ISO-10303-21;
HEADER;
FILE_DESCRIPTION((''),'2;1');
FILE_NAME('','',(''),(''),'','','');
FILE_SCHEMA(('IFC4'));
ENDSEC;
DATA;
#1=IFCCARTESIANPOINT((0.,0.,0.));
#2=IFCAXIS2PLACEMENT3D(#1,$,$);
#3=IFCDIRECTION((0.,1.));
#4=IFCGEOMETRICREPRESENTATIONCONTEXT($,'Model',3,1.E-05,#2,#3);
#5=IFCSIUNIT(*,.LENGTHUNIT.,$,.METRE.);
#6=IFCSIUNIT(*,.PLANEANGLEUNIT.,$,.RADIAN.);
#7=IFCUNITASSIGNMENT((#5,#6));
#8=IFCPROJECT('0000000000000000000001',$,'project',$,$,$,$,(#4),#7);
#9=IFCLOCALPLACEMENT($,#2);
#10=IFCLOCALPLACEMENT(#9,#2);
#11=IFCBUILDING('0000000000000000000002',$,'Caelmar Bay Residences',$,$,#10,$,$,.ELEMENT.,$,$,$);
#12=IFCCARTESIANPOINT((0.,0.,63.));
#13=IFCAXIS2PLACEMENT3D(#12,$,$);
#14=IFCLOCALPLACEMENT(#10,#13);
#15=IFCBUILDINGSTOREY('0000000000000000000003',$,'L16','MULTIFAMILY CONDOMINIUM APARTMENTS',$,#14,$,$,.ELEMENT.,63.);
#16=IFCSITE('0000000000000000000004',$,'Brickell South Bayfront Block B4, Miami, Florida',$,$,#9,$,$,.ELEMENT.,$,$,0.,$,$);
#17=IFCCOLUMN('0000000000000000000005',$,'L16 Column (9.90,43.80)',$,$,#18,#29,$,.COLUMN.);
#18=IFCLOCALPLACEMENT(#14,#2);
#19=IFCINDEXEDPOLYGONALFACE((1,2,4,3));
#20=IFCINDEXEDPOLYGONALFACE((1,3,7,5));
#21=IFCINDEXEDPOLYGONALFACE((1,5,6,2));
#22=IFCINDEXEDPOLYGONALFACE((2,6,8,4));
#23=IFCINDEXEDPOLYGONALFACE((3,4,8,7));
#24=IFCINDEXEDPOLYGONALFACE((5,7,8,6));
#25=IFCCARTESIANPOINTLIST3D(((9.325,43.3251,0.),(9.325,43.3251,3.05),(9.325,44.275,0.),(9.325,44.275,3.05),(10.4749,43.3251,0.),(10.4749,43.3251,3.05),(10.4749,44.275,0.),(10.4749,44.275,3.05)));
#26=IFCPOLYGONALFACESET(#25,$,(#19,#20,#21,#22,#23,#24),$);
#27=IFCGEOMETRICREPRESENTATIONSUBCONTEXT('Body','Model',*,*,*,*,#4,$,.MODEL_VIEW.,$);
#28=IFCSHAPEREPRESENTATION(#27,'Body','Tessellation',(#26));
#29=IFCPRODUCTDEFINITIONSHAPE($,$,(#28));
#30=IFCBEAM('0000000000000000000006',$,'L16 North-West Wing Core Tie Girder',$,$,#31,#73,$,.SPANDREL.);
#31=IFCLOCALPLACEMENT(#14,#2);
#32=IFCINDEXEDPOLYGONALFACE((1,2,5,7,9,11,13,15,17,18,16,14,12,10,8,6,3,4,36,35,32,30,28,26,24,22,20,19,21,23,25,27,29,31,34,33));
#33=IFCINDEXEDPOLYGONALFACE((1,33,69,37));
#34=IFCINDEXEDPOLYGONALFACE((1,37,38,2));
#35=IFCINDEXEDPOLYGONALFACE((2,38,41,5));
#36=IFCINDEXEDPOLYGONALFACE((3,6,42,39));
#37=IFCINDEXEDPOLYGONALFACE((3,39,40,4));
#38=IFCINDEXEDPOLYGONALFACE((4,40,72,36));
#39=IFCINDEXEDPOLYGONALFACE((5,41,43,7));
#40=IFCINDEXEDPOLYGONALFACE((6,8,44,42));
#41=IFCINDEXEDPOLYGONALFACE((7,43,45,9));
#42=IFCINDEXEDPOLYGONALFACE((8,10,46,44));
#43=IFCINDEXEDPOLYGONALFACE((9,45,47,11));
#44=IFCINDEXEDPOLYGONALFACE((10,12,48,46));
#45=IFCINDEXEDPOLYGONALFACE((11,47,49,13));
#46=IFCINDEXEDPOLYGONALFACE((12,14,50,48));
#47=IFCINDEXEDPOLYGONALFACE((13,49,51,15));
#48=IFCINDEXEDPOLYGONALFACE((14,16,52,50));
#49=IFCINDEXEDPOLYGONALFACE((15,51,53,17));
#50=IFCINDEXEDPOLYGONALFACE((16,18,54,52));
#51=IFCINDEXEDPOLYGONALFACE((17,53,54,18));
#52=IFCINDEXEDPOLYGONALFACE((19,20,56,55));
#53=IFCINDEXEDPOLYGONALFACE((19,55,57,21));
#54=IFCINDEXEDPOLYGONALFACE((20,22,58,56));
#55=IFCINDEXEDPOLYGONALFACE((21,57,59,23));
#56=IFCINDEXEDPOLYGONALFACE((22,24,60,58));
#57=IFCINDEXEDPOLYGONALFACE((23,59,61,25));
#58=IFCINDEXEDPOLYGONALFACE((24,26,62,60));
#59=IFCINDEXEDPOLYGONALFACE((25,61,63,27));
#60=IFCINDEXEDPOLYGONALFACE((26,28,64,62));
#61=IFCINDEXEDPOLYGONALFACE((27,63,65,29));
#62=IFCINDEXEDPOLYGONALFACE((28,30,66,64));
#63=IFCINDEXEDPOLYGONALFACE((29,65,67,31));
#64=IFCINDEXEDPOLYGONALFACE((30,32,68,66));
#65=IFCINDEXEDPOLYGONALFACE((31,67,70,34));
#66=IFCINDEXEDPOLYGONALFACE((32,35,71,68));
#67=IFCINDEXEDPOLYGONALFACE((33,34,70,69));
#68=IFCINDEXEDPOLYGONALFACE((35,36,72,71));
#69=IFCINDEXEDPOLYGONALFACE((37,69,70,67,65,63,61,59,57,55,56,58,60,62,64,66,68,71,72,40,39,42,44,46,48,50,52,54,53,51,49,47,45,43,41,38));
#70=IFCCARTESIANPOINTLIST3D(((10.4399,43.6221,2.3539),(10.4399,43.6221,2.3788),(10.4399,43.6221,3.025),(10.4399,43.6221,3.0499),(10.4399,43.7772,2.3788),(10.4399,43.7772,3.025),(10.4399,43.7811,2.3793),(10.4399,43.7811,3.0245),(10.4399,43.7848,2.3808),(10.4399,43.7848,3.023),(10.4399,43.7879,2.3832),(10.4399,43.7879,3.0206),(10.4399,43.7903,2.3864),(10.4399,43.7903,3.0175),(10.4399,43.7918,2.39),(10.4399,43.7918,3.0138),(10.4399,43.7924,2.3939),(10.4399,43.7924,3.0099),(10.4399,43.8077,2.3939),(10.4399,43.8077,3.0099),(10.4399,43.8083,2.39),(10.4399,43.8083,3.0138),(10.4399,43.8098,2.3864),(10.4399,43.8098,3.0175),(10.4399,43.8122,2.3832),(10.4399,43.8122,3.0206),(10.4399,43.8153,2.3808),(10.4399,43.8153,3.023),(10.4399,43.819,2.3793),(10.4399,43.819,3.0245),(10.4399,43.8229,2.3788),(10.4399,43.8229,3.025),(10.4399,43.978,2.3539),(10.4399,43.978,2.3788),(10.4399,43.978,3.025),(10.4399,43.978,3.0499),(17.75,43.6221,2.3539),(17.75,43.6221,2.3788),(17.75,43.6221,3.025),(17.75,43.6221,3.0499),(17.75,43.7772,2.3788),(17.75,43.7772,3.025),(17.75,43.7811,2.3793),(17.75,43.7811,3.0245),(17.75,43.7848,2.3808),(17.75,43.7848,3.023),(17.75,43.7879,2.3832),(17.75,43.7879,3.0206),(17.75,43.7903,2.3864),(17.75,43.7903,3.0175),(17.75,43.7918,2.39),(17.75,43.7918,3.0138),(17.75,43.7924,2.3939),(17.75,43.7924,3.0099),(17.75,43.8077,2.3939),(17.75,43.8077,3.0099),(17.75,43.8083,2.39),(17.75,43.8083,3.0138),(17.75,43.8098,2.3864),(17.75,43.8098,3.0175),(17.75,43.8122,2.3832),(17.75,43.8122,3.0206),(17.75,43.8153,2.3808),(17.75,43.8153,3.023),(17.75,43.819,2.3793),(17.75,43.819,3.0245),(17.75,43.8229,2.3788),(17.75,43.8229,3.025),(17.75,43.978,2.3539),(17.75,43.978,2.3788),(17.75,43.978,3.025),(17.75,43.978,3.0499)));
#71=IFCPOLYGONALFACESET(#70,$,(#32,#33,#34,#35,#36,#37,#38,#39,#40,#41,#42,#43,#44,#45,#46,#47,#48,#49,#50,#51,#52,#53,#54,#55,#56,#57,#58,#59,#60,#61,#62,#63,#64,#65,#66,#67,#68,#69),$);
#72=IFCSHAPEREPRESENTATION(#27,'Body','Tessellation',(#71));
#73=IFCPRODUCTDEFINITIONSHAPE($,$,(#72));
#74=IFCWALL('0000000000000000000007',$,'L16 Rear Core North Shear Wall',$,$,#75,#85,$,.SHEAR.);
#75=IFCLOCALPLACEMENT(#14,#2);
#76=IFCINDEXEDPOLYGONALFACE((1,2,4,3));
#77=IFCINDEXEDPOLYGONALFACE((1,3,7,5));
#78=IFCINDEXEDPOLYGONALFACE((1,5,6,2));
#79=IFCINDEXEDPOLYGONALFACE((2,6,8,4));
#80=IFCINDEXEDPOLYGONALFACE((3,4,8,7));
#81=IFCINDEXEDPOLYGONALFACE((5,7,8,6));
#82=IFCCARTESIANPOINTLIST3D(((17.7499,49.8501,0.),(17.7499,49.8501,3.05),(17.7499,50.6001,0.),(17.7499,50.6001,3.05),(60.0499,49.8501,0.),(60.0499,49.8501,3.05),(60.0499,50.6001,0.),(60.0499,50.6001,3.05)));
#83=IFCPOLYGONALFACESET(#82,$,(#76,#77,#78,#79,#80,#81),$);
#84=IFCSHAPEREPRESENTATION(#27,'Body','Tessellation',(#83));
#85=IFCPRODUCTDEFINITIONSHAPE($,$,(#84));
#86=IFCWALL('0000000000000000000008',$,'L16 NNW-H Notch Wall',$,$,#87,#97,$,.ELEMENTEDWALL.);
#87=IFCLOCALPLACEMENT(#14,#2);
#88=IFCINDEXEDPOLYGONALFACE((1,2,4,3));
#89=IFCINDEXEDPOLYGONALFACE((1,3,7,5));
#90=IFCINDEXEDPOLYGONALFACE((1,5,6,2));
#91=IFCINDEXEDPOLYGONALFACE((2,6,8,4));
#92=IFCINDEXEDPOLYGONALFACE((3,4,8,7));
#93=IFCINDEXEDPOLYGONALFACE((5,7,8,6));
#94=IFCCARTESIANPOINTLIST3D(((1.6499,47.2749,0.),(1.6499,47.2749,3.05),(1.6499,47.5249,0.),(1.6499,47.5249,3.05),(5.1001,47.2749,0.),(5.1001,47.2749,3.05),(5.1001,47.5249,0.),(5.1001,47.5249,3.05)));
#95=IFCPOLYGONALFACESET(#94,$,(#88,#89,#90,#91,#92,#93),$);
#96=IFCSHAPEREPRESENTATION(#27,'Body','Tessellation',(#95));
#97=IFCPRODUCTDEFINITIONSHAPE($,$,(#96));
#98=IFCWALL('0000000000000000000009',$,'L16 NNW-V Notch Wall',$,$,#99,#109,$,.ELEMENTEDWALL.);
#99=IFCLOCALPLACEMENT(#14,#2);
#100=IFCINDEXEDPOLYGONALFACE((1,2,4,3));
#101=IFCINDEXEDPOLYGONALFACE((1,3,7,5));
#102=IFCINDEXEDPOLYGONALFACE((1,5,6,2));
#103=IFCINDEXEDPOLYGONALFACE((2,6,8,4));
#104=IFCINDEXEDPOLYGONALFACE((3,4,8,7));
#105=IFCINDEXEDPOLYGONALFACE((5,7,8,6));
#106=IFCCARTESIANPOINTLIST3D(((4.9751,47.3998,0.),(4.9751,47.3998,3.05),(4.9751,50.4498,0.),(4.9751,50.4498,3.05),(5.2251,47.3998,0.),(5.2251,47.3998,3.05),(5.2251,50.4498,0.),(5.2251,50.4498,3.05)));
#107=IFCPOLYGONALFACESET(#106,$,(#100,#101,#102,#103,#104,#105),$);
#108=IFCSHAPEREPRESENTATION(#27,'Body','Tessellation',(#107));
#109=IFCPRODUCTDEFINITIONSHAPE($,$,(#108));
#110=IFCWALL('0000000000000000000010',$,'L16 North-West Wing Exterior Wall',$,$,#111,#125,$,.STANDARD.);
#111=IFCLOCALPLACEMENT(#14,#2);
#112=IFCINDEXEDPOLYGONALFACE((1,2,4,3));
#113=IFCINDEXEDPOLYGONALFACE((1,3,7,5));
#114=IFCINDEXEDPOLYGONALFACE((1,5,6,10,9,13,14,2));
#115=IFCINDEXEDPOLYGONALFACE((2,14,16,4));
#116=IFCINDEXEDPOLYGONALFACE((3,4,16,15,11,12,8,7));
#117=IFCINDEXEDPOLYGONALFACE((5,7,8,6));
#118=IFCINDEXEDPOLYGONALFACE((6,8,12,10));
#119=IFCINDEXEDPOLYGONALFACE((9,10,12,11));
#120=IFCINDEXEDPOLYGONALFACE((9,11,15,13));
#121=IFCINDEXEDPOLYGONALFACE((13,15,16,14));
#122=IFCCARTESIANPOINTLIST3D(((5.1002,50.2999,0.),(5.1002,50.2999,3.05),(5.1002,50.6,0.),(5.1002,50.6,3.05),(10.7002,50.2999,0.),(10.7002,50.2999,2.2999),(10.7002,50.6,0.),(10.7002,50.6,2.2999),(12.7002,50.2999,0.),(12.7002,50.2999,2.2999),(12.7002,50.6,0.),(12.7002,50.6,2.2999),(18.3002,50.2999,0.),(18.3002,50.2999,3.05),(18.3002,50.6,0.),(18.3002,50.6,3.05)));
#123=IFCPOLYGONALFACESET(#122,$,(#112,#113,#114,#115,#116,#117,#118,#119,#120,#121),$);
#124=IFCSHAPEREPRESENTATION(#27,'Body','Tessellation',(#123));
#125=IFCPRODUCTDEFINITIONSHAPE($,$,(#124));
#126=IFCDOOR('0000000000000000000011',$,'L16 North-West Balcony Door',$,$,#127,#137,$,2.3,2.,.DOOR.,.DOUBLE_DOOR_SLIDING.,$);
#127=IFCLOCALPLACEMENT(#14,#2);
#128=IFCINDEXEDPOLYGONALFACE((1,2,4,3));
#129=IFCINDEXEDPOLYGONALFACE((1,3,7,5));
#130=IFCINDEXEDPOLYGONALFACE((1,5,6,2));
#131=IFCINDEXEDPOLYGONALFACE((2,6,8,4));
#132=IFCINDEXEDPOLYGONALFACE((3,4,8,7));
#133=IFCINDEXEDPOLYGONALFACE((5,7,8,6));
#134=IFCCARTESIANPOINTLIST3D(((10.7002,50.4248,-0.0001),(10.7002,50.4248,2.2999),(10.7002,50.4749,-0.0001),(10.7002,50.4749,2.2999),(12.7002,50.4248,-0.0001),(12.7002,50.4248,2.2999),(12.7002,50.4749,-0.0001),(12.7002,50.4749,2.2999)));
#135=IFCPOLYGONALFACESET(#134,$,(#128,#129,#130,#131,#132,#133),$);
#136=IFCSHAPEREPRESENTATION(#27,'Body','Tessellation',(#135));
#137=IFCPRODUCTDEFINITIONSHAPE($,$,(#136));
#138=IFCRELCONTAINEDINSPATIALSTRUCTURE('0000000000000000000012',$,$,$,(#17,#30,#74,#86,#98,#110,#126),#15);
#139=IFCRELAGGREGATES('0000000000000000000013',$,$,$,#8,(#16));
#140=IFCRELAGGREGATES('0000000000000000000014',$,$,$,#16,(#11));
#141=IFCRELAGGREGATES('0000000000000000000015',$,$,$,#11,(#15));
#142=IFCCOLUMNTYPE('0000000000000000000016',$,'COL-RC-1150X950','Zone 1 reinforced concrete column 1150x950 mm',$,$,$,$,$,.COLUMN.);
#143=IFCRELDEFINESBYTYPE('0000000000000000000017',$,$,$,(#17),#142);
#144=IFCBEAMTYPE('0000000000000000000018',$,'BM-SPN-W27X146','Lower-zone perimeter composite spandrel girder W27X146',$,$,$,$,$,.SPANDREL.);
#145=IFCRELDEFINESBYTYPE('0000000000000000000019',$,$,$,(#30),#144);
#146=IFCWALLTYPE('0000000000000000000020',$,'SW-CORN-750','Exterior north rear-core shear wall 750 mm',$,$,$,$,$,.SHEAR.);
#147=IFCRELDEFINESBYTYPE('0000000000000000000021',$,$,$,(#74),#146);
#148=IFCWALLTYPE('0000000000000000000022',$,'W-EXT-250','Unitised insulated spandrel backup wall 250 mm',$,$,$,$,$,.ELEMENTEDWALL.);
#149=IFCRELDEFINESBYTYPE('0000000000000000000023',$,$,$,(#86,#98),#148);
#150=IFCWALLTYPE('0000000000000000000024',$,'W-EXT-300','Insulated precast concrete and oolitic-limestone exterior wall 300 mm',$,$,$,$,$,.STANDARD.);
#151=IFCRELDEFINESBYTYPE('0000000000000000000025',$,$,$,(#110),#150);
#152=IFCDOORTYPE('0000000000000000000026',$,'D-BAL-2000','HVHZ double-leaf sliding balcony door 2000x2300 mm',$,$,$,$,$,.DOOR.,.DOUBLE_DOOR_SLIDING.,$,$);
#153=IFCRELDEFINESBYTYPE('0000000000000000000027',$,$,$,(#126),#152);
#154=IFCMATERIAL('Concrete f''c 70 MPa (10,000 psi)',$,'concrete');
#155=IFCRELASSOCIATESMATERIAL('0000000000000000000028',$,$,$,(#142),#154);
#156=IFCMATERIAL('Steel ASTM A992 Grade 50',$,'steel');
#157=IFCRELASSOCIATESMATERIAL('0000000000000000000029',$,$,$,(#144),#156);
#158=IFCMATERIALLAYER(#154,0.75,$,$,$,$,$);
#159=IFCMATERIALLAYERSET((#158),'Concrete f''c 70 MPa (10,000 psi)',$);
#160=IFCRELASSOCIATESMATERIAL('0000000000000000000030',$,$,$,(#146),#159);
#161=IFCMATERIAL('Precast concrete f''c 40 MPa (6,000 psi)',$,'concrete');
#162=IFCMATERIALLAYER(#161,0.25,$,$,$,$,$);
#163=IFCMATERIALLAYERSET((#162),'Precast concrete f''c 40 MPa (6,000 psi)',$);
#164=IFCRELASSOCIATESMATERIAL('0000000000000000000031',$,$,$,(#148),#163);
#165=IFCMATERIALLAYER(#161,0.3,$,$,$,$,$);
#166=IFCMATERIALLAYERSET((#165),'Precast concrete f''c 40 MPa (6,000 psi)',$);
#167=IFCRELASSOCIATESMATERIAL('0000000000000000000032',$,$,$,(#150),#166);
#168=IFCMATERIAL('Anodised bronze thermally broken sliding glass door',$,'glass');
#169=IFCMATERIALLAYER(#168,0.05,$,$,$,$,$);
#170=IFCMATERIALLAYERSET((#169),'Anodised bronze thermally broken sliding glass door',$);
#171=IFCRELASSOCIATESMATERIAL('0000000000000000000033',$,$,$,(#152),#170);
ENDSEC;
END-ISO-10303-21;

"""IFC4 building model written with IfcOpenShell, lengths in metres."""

from ifc_helpers import new_model, si_unit, direction, frame, frame_2d, origin, origin_2d, place, context, subcontext, project, spatial, rectangle, i_section, extrude, material, layer, layer_set, material_profile, profile_set, type_object, element, fill, save


model = new_model("IFC4")

# Units and contexts
model_context = context("Model", 3, precision=1e-05, world=origin(), true_north=direction((0.0, 1.0)))
body_context = subcontext(model_context, "Body", "Model", "MODEL_VIEW")
ifc_project = project(units=[si_unit("LENGTHUNIT", "METRE"), si_unit("PLANEANGLEUNIT", "RADIAN")], contexts=[model_context])

# Site, building, storey
site_placement = place(None, origin())
site = spatial("IfcSite", under=ifc_project, at=site_placement, Name="Brickell South Bayfront Block B4, Miami, Florida", CompositionType="ELEMENT", RefElevation=0.0)
building_placement = place(site_placement, origin())
building = spatial("IfcBuilding", under=site, at=building_placement, Name="Caelmar Bay Residences", CompositionType="ELEMENT")
storey_placement = place(building_placement, frame((0.0, 0.0, 63.0)))
storey = spatial("IfcBuildingStorey", under=building, at=storey_placement, Name="L16", Description="MULTIFAMILY CONDOMINIUM APARTMENTS", CompositionType="ELEMENT", Elevation=63.0)

# Column
ifc_material_1 = material(Name="Concrete f'c 70 MPa (10,000 psi)", Category="concrete")
ifc_material_profile_1 = material_profile(ifc_material_1, rectangle(XDim=1.1499, YDim=0.95, at=origin_2d()), Name="RC-COL-1150X950")
ifc_profile_set_1 = profile_set([ifc_material_profile_1], Name="Concrete f'c 70 MPa (10,000 psi)")
column_type = type_object("IfcColumnType", Name="COL-RC-1150X950", Description="Zone 1 reinforced concrete column 1150x950 mm", PredefinedType="COLUMN", material=ifc_profile_set_1)
column_placement = place(storey_placement, frame((9.8999, 43.8, 0.0), z_axis=(0.0, 0.0, 1.0), x_axis=(1.0, 0.0, 0.0)))
element("IfcColumn", 1, at=column_placement, inside=storey, type_object=column_type, Name="L16 Column (9.90,43.80)", PredefinedType="COLUMN", context=body_context, shape_type="SweptSolid", body=[
    extrude(rectangle(XDim=1.1499, YDim=0.95, at=origin_2d()), origin(), (0.0, 0.0, 1.0), 3.05),
])

# Beam
ifc_material_2 = material(Name="Steel ASTM A992 Grade 50", Category="steel")
ifc_material_profile_2 = material_profile(ifc_material_2, i_section(OverallWidth=0.356, OverallDepth=0.696, WebThickness=0.0154, FlangeThickness=0.0249, FilletRadius=0.0151, at=origin_2d()), Name="W27X146")
ifc_profile_set_2 = profile_set([ifc_material_profile_2], Name="Steel ASTM A992 Grade 50")
beam_type = type_object("IfcBeamType", Name="BM-SPN-W27X146", Description="Lower-zone perimeter composite spandrel girder W27X146", PredefinedType="SPANDREL", material=ifc_profile_set_2)
beam_placement = place(storey_placement, frame((10.4399, 43.8, 2.7019), z_axis=(1.0, 0.0, 0.0), x_axis=(0.0, 1.0, 0.0)))
element("IfcBeam", 2, at=beam_placement, inside=storey, type_object=beam_type, Name="L16 North-West Wing Core Tie Girder", PredefinedType="SPANDREL", context=body_context, shape_type="SweptSolid", body=[
    extrude(i_section(OverallWidth=0.356, OverallDepth=0.696, WebThickness=0.0154, FlangeThickness=0.0249, FilletRadius=0.0151, at=origin_2d()), origin(), (0.0, 0.0, 1.0), 7.3101),
])

# Walls
ifc_layer_1 = layer(ifc_material_1, 0.75)
ifc_layer_set_1 = layer_set([ifc_layer_1], Name="Concrete f'c 70 MPa (10,000 psi)")
wall_type_1 = type_object("IfcWallType", Name="SW-CORN-750", Description="Exterior north rear-core shear wall 750 mm", PredefinedType="SHEAR", material=ifc_layer_set_1)
wall_1_placement = place(storey_placement, frame((17.75, 50.2251, 0.0), z_axis=(0.0, 0.0, 1.0), x_axis=(1.0, 0.0, 0.0)))
element("IfcWall", 3, at=wall_1_placement, inside=storey, type_object=wall_type_1, Name="L16 Rear Core North Shear Wall", PredefinedType="SHEAR", context=body_context, shape_type="SweptSolid", body=[
    extrude(rectangle(XDim=42.3, YDim=0.75, at=frame_2d((21.1499, 0.0))), origin(), (0.0, 0.0, 1.0), 3.05),
])
ifc_material_3 = material(Name="Precast concrete f'c 40 MPa (6,000 psi)", Category="concrete")
ifc_layer_2 = layer(ifc_material_3, 0.25)
ifc_layer_set_2 = layer_set([ifc_layer_2], Name="Precast concrete f'c 40 MPa (6,000 psi)")
wall_type_2 = type_object("IfcWallType", Name="W-EXT-250", Description="Unitised insulated spandrel backup wall 250 mm", PredefinedType="ELEMENTEDWALL", material=ifc_layer_set_2)
wall_2_placement = place(storey_placement, frame((1.6499, 47.3999, 0.0), z_axis=(0.0, 0.0, 1.0), x_axis=(1.0, 0.0, 0.0)))
element("IfcWall", 4, at=wall_2_placement, inside=storey, type_object=wall_type_2, Name="L16 NNW-H Notch Wall", PredefinedType="ELEMENTEDWALL", context=body_context, shape_type="SweptSolid", body=[
    extrude(rectangle(XDim=3.4502, YDim=0.25, at=frame_2d((1.7251, 0.0))), origin(), (0.0, 0.0, 1.0), 3.05),
])
wall_3_placement = place(storey_placement, frame((5.1001, 47.3999, 0.0), z_axis=(0.0, 0.0, 1.0), x_axis=(0.0, 1.0, 0.0)))
element("IfcWall", 5, at=wall_3_placement, inside=storey, type_object=wall_type_2, Name="L16 NNW-V Notch Wall", PredefinedType="ELEMENTEDWALL", context=body_context, shape_type="SweptSolid", body=[
    extrude(rectangle(XDim=3.05, YDim=0.25, at=frame_2d((1.5249, 0.0))), origin(), (0.0, 0.0, 1.0), 3.05),
])

# Wall, opening, door
ifc_layer_3 = layer(ifc_material_3, 0.3)
ifc_layer_set_3 = layer_set([ifc_layer_3], Name="Precast concrete f'c 40 MPa (6,000 psi)")
wall_type_3 = type_object("IfcWallType", Name="W-EXT-300", Description="Insulated precast concrete and oolitic-limestone exterior wall 300 mm", PredefinedType="STANDARD", material=ifc_layer_set_3)
wall_4_placement = place(storey_placement, frame((5.1001, 50.45, 0.0), z_axis=(0.0, 0.0, 1.0), x_axis=(1.0, 0.0, 0.0)))
wall_4 = element("IfcWall", 6, at=wall_4_placement, inside=storey, type_object=wall_type_3, Name="L16 North-West Wing Exterior Wall", PredefinedType="STANDARD", context=body_context, shape_type="SweptSolid", body=[
    extrude(rectangle(XDim=13.2, YDim=0.3, at=frame_2d((6.6001, 0.0))), origin(), (0.0, 0.0, 1.0), 3.05),
])
opening_1_placement = place(wall_4_placement, frame((5.6001, 0.0, 0.0)))
opening_1 = element("IfcOpeningElement", 7, at=opening_1_placement, cuts=wall_4, PredefinedType="OPENING", context=body_context, shape_type="SweptSolid", body=[
    extrude(rectangle(XDim=2.0, YDim=2.3, at=frame_2d((1.0, 1.1499))), frame((0.0, 0.1599, 0.0), z_axis=(0.0, -1.0, 0.0), x_axis=(1.0, 0.0, 0.0)), (0.0, 0.0, 1.0), 0.3201),
])
ifc_material_4 = material(Name="Anodised bronze thermally broken sliding glass door", Category="glass")
ifc_layer_4 = layer(ifc_material_4, 0.05)
ifc_layer_set_4 = layer_set([ifc_layer_4], Name="Anodised bronze thermally broken sliding glass door")
door_type_1 = type_object("IfcDoorType", Name="D-BAL-2000", Description="HVHZ double-leaf sliding balcony door 2000x2300 mm", OperationType="DOUBLE_DOOR_SLIDING", PredefinedType="DOOR", material=ifc_layer_set_4)
door_1_placement = place(opening_1_placement, origin())
door_1 = element("IfcDoor", 8, at=door_1_placement, inside=storey, type_object=door_type_1, Name="L16 North-West Balcony Door", OperationType="DOUBLE_DOOR_SLIDING", OverallHeight=2.3, OverallWidth=2.0, PredefinedType="DOOR", context=body_context, shape_type="SweptSolid", body=[
    extrude(rectangle(XDim=2.0, YDim=2.3, at=frame_2d((1.0, 1.1499))), frame((0.0, 0.0249, 0.0), z_axis=(0.0, -1.0, 0.0), x_axis=(1.0, 0.0, 0.0)), (0.0, 0.0, 1.0), 0.05),
])
fill(opening_1, door_1)

save(model, "model.ifc")
